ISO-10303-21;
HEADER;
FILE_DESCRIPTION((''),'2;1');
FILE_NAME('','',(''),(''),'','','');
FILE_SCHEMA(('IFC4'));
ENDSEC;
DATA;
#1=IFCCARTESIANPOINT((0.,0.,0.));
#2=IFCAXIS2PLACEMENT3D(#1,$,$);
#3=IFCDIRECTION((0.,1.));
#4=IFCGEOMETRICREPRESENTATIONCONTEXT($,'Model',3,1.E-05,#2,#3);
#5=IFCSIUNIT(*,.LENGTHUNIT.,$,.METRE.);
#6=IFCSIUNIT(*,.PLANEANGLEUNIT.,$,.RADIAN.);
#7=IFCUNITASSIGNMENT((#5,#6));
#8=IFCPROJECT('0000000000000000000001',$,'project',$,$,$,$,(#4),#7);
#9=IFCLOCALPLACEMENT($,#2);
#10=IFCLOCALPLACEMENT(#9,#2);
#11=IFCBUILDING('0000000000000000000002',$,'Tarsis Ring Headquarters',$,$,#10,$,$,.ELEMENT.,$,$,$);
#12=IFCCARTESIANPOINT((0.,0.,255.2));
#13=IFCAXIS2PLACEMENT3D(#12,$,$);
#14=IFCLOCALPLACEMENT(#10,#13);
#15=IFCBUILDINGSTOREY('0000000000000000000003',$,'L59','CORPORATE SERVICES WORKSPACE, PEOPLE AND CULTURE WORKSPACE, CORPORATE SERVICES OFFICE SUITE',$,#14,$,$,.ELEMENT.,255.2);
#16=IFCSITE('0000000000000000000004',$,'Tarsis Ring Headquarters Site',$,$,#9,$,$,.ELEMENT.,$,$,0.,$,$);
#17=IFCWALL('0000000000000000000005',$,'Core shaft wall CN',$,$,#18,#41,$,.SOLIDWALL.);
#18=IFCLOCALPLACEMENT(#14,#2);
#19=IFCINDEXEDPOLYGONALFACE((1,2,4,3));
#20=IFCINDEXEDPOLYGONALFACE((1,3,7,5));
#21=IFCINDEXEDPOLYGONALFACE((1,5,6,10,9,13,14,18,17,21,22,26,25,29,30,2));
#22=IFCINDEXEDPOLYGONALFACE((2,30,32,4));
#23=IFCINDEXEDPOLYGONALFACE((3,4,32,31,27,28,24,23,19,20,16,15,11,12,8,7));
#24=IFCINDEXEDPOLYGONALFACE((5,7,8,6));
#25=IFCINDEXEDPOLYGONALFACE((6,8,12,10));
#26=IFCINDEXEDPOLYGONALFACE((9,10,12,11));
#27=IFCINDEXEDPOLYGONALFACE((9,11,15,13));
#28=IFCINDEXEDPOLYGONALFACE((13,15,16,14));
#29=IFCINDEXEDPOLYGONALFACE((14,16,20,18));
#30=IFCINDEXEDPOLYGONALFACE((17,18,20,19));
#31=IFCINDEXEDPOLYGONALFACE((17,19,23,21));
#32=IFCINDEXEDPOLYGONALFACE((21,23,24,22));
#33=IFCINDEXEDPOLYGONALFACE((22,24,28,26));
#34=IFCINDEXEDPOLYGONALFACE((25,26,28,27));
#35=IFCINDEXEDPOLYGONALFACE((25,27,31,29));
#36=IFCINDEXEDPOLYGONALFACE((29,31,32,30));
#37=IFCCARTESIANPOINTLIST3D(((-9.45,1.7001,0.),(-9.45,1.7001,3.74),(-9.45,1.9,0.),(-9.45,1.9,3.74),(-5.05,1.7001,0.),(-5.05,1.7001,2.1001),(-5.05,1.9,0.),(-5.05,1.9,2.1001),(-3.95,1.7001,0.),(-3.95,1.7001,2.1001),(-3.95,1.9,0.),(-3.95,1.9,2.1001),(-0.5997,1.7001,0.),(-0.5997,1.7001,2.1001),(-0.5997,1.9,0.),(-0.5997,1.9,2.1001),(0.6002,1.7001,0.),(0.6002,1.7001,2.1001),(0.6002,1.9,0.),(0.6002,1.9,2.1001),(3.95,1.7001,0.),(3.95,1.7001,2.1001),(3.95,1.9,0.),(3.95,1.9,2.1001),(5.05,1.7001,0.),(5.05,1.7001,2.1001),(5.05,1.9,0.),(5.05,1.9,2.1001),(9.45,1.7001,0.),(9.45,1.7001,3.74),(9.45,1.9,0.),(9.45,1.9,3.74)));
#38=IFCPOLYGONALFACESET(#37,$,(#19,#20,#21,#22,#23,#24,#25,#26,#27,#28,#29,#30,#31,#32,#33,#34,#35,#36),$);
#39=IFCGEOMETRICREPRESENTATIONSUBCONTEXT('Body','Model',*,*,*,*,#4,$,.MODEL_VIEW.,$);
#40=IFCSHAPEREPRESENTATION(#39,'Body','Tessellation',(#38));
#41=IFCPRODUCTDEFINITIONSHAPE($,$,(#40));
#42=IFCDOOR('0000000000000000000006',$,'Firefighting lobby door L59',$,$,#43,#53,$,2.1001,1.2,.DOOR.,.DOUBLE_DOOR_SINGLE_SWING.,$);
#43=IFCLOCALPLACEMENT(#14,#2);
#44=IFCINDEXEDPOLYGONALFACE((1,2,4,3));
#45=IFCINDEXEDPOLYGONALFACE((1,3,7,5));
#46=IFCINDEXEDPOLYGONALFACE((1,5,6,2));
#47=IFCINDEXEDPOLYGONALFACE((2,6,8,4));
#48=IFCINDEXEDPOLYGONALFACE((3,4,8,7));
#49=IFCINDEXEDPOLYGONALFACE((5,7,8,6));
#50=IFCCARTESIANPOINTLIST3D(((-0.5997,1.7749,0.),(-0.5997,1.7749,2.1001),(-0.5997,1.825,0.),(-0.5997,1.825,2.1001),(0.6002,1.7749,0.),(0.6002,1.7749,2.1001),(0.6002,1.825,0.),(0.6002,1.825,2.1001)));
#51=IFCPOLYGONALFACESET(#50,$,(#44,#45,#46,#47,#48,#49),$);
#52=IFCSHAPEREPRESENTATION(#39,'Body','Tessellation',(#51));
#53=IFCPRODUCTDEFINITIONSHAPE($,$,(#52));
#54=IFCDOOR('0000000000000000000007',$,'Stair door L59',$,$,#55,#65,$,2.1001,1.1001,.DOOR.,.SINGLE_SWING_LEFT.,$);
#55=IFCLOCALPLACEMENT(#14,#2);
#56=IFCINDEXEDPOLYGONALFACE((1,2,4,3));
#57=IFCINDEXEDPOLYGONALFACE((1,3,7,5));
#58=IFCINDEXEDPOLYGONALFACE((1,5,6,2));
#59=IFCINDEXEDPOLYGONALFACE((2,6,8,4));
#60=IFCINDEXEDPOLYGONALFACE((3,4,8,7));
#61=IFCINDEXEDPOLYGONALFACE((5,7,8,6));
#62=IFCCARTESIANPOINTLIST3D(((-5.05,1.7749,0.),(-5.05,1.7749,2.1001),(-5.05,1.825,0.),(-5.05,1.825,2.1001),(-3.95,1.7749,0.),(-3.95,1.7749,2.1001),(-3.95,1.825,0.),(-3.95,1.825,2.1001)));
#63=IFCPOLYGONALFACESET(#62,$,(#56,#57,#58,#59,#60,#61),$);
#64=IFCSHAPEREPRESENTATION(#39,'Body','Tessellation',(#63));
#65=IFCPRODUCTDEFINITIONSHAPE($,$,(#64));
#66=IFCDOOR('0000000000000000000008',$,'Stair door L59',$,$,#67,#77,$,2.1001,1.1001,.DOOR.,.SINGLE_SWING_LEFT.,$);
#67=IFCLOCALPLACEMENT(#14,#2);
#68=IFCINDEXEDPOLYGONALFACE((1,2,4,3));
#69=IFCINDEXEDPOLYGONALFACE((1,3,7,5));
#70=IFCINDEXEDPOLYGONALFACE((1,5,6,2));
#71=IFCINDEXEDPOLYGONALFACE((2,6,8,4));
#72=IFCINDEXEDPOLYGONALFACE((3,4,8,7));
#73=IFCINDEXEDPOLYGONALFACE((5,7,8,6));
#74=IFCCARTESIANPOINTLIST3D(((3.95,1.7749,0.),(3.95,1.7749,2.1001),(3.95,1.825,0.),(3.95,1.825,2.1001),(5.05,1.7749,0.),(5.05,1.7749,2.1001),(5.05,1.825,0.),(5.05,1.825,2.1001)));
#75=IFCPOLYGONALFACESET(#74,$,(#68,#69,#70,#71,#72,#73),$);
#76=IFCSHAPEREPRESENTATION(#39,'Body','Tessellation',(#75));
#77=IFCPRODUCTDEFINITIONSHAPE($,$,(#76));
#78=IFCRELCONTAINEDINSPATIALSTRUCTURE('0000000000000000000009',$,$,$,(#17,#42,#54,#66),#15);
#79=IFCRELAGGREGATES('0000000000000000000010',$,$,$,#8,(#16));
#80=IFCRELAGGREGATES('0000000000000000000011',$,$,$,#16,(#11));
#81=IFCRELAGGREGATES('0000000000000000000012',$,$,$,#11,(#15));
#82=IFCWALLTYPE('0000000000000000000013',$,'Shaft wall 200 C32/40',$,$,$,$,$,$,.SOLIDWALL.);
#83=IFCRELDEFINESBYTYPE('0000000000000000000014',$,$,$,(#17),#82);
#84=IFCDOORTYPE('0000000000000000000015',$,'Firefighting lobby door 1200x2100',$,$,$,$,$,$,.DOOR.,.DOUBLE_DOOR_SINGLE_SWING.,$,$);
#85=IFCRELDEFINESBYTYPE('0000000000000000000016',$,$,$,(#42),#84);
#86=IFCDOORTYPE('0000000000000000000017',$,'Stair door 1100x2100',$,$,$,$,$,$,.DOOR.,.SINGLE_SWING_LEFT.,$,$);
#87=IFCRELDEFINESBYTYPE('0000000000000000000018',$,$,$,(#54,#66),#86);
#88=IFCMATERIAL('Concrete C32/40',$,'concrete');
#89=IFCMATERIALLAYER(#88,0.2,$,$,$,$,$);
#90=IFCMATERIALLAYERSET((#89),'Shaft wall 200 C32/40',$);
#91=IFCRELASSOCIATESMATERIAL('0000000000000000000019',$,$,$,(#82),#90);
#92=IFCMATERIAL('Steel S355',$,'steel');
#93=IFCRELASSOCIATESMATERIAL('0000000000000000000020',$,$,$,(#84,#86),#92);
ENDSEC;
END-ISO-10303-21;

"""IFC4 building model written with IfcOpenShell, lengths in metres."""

from ifc_helpers import new_model, si_unit, direction, frame, frame_2d, origin, place, context, subcontext, project, spatial, rectangle, extrude, material, layer, layer_set, type_object, element, fill, save


model = new_model("IFC4")

# Units and contexts
model_context = context("Model", 3, precision=1e-05, world=origin(), true_north=direction((0.0, 1.0)))
body_context = subcontext(model_context, "Body", "Model", "MODEL_VIEW")
ifc_project = project(units=[si_unit("LENGTHUNIT", "METRE"), si_unit("PLANEANGLEUNIT", "RADIAN")], contexts=[model_context])

# Site, building, storey
site_placement = place(None, origin())
site = spatial("IfcSite", under=ifc_project, at=site_placement, Name="Tarsis Ring Headquarters Site", CompositionType="ELEMENT", RefElevation=0.0)
building_placement = place(site_placement, origin())
building = spatial("IfcBuilding", under=site, at=building_placement, Name="Tarsis Ring Headquarters", CompositionType="ELEMENT")
storey_placement = place(building_placement, frame((0.0, 0.0, 255.2)))
storey = spatial("IfcBuildingStorey", under=building, at=storey_placement, Name="L59", Description="CORPORATE SERVICES WORKSPACE, PEOPLE AND CULTURE WORKSPACE, CORPORATE SERVICES OFFICE SUITE", CompositionType="ELEMENT", Elevation=255.2)

# Shared definitions
ifc_material_1 = material(Name="Steel S355", Category="steel")

# Shared definitions
ifc_material_2 = material(Name="Concrete C32/40", Category="concrete")

# Wall, openings, doors
ifc_layer_1 = layer(ifc_material_2, 0.2)
ifc_layer_set_1 = layer_set([ifc_layer_1], Name="Shaft wall 200 C32/40")
wall_type_1 = type_object("IfcWallType", Name="Shaft wall 200 C32/40", PredefinedType="SOLIDWALL", material=ifc_layer_set_1)
wall_1_placement = place(storey_placement, frame((-9.45, 1.8, 0.0), z_axis=(0.0, 0.0, 1.0), x_axis=(1.0, 0.0, 0.0)))
wall_1 = element("IfcWall", 1, at=wall_1_placement, inside=storey, type_object=wall_type_1, Name="Core shaft wall CN", PredefinedType="SOLIDWALL", context=body_context, shape_type="SweptSolid", body=[
    extrude(rectangle(XDim=18.8999, YDim=0.2, at=frame_2d((9.45, 0.0))), origin(), (0.0, 0.0, 1.0), 3.74),
])
opening_1_placement = place(wall_1_placement, frame((4.3999, 0.0, 0.0)))
opening_1 = element("IfcOpeningElement", 2, at=opening_1_placement, cuts=wall_1, PredefinedType="OPENING", context=body_context, shape_type="SweptSolid", body=[
    extrude(rectangle(XDim=1.1001, YDim=2.1001, at=frame_2d((0.55, 1.05))), frame((0.0, 0.1099, 0.0), z_axis=(0.0, -1.0, 0.0), x_axis=(1.0, 0.0, 0.0)), (0.0, 0.0, 1.0), 0.22),
])
opening_2_placement = place(wall_1_placement, frame((8.8501, 0.0, 0.0)))
opening_2 = element("IfcOpeningElement", 3, at=opening_2_placement, cuts=wall_1, PredefinedType="OPENING", context=body_context, shape_type="SweptSolid", body=[
    extrude(rectangle(XDim=1.2, YDim=2.1001, at=frame_2d((0.6001, 1.05))), frame((0.0, 0.1099, 0.0), z_axis=(0.0, -1.0, 0.0), x_axis=(1.0, 0.0, 0.0)), (0.0, 0.0, 1.0), 0.22),
])
opening_3_placement = place(wall_1_placement, frame((13.3999, 0.0, 0.0)))
opening_3 = element("IfcOpeningElement", 4, at=opening_3_placement, cuts=wall_1, PredefinedType="OPENING", context=body_context, shape_type="SweptSolid", body=[
    extrude(rectangle(XDim=1.1001, YDim=2.1001, at=frame_2d((0.55, 1.05))), frame((0.0, 0.1099, 0.0), z_axis=(0.0, -1.0, 0.0), x_axis=(1.0, 0.0, 0.0)), (0.0, 0.0, 1.0), 0.22),
])
door_type_1 = type_object("IfcDoorType", Name="Firefighting lobby door 1200x2100", OperationType="DOUBLE_DOOR_SINGLE_SWING", PredefinedType="DOOR", material=ifc_material_1)
door_1_placement = place(opening_2_placement, origin())
door_1 = element("IfcDoor", 5, at=door_1_placement, inside=storey, type_object=door_type_1, Name="Firefighting lobby door L59", OperationType="DOUBLE_DOOR_SINGLE_SWING", OverallHeight=2.1001, OverallWidth=1.2, PredefinedType="DOOR", context=body_context, shape_type="SweptSolid", body=[
    extrude(rectangle(XDim=1.2, YDim=2.1001, at=frame_2d((0.6001, 1.05))), frame((0.0, 0.0249, 0.0), z_axis=(0.0, -1.0, 0.0), x_axis=(1.0, 0.0, 0.0)), (0.0, 0.0, 1.0), 0.05),
])
fill(opening_2, door_1)
door_type_2 = type_object("IfcDoorType", Name="Stair door 1100x2100", OperationType="SINGLE_SWING_LEFT", PredefinedType="DOOR", material=ifc_material_1)
door_2_placement = place(opening_1_placement, origin())
door_2 = element("IfcDoor", 6, at=door_2_placement, inside=storey, type_object=door_type_2, Name="Stair door L59", OperationType="SINGLE_SWING_LEFT", OverallHeight=2.1001, OverallWidth=1.1001, PredefinedType="DOOR", context=body_context, shape_type="SweptSolid", body=[
    extrude(rectangle(XDim=1.1001, YDim=2.1001, at=frame_2d((0.55, 1.05))), frame((0.0, 0.0249, 0.0), z_axis=(0.0, -1.0, 0.0), x_axis=(1.0, 0.0, 0.0)), (0.0, 0.0, 1.0), 0.05),
])
fill(opening_1, door_2)
door_3_placement = place(opening_3_placement, origin())
door_3 = element("IfcDoor", 7, at=door_3_placement, inside=storey, type_object=door_type_2, Name="Stair door L59", OperationType="SINGLE_SWING_LEFT", OverallHeight=2.1001, OverallWidth=1.1001, PredefinedType="DOOR", context=body_context, shape_type="SweptSolid", body=[
    extrude(rectangle(XDim=1.1001, YDim=2.1001, at=frame_2d((0.55, 1.05))), frame((0.0, 0.0249, 0.0), z_axis=(0.0, -1.0, 0.0), x_axis=(1.0, 0.0, 0.0)), (0.0, 0.0, 1.0), 0.05),
])
fill(opening_3, door_3)

save(model, "model.ifc")
